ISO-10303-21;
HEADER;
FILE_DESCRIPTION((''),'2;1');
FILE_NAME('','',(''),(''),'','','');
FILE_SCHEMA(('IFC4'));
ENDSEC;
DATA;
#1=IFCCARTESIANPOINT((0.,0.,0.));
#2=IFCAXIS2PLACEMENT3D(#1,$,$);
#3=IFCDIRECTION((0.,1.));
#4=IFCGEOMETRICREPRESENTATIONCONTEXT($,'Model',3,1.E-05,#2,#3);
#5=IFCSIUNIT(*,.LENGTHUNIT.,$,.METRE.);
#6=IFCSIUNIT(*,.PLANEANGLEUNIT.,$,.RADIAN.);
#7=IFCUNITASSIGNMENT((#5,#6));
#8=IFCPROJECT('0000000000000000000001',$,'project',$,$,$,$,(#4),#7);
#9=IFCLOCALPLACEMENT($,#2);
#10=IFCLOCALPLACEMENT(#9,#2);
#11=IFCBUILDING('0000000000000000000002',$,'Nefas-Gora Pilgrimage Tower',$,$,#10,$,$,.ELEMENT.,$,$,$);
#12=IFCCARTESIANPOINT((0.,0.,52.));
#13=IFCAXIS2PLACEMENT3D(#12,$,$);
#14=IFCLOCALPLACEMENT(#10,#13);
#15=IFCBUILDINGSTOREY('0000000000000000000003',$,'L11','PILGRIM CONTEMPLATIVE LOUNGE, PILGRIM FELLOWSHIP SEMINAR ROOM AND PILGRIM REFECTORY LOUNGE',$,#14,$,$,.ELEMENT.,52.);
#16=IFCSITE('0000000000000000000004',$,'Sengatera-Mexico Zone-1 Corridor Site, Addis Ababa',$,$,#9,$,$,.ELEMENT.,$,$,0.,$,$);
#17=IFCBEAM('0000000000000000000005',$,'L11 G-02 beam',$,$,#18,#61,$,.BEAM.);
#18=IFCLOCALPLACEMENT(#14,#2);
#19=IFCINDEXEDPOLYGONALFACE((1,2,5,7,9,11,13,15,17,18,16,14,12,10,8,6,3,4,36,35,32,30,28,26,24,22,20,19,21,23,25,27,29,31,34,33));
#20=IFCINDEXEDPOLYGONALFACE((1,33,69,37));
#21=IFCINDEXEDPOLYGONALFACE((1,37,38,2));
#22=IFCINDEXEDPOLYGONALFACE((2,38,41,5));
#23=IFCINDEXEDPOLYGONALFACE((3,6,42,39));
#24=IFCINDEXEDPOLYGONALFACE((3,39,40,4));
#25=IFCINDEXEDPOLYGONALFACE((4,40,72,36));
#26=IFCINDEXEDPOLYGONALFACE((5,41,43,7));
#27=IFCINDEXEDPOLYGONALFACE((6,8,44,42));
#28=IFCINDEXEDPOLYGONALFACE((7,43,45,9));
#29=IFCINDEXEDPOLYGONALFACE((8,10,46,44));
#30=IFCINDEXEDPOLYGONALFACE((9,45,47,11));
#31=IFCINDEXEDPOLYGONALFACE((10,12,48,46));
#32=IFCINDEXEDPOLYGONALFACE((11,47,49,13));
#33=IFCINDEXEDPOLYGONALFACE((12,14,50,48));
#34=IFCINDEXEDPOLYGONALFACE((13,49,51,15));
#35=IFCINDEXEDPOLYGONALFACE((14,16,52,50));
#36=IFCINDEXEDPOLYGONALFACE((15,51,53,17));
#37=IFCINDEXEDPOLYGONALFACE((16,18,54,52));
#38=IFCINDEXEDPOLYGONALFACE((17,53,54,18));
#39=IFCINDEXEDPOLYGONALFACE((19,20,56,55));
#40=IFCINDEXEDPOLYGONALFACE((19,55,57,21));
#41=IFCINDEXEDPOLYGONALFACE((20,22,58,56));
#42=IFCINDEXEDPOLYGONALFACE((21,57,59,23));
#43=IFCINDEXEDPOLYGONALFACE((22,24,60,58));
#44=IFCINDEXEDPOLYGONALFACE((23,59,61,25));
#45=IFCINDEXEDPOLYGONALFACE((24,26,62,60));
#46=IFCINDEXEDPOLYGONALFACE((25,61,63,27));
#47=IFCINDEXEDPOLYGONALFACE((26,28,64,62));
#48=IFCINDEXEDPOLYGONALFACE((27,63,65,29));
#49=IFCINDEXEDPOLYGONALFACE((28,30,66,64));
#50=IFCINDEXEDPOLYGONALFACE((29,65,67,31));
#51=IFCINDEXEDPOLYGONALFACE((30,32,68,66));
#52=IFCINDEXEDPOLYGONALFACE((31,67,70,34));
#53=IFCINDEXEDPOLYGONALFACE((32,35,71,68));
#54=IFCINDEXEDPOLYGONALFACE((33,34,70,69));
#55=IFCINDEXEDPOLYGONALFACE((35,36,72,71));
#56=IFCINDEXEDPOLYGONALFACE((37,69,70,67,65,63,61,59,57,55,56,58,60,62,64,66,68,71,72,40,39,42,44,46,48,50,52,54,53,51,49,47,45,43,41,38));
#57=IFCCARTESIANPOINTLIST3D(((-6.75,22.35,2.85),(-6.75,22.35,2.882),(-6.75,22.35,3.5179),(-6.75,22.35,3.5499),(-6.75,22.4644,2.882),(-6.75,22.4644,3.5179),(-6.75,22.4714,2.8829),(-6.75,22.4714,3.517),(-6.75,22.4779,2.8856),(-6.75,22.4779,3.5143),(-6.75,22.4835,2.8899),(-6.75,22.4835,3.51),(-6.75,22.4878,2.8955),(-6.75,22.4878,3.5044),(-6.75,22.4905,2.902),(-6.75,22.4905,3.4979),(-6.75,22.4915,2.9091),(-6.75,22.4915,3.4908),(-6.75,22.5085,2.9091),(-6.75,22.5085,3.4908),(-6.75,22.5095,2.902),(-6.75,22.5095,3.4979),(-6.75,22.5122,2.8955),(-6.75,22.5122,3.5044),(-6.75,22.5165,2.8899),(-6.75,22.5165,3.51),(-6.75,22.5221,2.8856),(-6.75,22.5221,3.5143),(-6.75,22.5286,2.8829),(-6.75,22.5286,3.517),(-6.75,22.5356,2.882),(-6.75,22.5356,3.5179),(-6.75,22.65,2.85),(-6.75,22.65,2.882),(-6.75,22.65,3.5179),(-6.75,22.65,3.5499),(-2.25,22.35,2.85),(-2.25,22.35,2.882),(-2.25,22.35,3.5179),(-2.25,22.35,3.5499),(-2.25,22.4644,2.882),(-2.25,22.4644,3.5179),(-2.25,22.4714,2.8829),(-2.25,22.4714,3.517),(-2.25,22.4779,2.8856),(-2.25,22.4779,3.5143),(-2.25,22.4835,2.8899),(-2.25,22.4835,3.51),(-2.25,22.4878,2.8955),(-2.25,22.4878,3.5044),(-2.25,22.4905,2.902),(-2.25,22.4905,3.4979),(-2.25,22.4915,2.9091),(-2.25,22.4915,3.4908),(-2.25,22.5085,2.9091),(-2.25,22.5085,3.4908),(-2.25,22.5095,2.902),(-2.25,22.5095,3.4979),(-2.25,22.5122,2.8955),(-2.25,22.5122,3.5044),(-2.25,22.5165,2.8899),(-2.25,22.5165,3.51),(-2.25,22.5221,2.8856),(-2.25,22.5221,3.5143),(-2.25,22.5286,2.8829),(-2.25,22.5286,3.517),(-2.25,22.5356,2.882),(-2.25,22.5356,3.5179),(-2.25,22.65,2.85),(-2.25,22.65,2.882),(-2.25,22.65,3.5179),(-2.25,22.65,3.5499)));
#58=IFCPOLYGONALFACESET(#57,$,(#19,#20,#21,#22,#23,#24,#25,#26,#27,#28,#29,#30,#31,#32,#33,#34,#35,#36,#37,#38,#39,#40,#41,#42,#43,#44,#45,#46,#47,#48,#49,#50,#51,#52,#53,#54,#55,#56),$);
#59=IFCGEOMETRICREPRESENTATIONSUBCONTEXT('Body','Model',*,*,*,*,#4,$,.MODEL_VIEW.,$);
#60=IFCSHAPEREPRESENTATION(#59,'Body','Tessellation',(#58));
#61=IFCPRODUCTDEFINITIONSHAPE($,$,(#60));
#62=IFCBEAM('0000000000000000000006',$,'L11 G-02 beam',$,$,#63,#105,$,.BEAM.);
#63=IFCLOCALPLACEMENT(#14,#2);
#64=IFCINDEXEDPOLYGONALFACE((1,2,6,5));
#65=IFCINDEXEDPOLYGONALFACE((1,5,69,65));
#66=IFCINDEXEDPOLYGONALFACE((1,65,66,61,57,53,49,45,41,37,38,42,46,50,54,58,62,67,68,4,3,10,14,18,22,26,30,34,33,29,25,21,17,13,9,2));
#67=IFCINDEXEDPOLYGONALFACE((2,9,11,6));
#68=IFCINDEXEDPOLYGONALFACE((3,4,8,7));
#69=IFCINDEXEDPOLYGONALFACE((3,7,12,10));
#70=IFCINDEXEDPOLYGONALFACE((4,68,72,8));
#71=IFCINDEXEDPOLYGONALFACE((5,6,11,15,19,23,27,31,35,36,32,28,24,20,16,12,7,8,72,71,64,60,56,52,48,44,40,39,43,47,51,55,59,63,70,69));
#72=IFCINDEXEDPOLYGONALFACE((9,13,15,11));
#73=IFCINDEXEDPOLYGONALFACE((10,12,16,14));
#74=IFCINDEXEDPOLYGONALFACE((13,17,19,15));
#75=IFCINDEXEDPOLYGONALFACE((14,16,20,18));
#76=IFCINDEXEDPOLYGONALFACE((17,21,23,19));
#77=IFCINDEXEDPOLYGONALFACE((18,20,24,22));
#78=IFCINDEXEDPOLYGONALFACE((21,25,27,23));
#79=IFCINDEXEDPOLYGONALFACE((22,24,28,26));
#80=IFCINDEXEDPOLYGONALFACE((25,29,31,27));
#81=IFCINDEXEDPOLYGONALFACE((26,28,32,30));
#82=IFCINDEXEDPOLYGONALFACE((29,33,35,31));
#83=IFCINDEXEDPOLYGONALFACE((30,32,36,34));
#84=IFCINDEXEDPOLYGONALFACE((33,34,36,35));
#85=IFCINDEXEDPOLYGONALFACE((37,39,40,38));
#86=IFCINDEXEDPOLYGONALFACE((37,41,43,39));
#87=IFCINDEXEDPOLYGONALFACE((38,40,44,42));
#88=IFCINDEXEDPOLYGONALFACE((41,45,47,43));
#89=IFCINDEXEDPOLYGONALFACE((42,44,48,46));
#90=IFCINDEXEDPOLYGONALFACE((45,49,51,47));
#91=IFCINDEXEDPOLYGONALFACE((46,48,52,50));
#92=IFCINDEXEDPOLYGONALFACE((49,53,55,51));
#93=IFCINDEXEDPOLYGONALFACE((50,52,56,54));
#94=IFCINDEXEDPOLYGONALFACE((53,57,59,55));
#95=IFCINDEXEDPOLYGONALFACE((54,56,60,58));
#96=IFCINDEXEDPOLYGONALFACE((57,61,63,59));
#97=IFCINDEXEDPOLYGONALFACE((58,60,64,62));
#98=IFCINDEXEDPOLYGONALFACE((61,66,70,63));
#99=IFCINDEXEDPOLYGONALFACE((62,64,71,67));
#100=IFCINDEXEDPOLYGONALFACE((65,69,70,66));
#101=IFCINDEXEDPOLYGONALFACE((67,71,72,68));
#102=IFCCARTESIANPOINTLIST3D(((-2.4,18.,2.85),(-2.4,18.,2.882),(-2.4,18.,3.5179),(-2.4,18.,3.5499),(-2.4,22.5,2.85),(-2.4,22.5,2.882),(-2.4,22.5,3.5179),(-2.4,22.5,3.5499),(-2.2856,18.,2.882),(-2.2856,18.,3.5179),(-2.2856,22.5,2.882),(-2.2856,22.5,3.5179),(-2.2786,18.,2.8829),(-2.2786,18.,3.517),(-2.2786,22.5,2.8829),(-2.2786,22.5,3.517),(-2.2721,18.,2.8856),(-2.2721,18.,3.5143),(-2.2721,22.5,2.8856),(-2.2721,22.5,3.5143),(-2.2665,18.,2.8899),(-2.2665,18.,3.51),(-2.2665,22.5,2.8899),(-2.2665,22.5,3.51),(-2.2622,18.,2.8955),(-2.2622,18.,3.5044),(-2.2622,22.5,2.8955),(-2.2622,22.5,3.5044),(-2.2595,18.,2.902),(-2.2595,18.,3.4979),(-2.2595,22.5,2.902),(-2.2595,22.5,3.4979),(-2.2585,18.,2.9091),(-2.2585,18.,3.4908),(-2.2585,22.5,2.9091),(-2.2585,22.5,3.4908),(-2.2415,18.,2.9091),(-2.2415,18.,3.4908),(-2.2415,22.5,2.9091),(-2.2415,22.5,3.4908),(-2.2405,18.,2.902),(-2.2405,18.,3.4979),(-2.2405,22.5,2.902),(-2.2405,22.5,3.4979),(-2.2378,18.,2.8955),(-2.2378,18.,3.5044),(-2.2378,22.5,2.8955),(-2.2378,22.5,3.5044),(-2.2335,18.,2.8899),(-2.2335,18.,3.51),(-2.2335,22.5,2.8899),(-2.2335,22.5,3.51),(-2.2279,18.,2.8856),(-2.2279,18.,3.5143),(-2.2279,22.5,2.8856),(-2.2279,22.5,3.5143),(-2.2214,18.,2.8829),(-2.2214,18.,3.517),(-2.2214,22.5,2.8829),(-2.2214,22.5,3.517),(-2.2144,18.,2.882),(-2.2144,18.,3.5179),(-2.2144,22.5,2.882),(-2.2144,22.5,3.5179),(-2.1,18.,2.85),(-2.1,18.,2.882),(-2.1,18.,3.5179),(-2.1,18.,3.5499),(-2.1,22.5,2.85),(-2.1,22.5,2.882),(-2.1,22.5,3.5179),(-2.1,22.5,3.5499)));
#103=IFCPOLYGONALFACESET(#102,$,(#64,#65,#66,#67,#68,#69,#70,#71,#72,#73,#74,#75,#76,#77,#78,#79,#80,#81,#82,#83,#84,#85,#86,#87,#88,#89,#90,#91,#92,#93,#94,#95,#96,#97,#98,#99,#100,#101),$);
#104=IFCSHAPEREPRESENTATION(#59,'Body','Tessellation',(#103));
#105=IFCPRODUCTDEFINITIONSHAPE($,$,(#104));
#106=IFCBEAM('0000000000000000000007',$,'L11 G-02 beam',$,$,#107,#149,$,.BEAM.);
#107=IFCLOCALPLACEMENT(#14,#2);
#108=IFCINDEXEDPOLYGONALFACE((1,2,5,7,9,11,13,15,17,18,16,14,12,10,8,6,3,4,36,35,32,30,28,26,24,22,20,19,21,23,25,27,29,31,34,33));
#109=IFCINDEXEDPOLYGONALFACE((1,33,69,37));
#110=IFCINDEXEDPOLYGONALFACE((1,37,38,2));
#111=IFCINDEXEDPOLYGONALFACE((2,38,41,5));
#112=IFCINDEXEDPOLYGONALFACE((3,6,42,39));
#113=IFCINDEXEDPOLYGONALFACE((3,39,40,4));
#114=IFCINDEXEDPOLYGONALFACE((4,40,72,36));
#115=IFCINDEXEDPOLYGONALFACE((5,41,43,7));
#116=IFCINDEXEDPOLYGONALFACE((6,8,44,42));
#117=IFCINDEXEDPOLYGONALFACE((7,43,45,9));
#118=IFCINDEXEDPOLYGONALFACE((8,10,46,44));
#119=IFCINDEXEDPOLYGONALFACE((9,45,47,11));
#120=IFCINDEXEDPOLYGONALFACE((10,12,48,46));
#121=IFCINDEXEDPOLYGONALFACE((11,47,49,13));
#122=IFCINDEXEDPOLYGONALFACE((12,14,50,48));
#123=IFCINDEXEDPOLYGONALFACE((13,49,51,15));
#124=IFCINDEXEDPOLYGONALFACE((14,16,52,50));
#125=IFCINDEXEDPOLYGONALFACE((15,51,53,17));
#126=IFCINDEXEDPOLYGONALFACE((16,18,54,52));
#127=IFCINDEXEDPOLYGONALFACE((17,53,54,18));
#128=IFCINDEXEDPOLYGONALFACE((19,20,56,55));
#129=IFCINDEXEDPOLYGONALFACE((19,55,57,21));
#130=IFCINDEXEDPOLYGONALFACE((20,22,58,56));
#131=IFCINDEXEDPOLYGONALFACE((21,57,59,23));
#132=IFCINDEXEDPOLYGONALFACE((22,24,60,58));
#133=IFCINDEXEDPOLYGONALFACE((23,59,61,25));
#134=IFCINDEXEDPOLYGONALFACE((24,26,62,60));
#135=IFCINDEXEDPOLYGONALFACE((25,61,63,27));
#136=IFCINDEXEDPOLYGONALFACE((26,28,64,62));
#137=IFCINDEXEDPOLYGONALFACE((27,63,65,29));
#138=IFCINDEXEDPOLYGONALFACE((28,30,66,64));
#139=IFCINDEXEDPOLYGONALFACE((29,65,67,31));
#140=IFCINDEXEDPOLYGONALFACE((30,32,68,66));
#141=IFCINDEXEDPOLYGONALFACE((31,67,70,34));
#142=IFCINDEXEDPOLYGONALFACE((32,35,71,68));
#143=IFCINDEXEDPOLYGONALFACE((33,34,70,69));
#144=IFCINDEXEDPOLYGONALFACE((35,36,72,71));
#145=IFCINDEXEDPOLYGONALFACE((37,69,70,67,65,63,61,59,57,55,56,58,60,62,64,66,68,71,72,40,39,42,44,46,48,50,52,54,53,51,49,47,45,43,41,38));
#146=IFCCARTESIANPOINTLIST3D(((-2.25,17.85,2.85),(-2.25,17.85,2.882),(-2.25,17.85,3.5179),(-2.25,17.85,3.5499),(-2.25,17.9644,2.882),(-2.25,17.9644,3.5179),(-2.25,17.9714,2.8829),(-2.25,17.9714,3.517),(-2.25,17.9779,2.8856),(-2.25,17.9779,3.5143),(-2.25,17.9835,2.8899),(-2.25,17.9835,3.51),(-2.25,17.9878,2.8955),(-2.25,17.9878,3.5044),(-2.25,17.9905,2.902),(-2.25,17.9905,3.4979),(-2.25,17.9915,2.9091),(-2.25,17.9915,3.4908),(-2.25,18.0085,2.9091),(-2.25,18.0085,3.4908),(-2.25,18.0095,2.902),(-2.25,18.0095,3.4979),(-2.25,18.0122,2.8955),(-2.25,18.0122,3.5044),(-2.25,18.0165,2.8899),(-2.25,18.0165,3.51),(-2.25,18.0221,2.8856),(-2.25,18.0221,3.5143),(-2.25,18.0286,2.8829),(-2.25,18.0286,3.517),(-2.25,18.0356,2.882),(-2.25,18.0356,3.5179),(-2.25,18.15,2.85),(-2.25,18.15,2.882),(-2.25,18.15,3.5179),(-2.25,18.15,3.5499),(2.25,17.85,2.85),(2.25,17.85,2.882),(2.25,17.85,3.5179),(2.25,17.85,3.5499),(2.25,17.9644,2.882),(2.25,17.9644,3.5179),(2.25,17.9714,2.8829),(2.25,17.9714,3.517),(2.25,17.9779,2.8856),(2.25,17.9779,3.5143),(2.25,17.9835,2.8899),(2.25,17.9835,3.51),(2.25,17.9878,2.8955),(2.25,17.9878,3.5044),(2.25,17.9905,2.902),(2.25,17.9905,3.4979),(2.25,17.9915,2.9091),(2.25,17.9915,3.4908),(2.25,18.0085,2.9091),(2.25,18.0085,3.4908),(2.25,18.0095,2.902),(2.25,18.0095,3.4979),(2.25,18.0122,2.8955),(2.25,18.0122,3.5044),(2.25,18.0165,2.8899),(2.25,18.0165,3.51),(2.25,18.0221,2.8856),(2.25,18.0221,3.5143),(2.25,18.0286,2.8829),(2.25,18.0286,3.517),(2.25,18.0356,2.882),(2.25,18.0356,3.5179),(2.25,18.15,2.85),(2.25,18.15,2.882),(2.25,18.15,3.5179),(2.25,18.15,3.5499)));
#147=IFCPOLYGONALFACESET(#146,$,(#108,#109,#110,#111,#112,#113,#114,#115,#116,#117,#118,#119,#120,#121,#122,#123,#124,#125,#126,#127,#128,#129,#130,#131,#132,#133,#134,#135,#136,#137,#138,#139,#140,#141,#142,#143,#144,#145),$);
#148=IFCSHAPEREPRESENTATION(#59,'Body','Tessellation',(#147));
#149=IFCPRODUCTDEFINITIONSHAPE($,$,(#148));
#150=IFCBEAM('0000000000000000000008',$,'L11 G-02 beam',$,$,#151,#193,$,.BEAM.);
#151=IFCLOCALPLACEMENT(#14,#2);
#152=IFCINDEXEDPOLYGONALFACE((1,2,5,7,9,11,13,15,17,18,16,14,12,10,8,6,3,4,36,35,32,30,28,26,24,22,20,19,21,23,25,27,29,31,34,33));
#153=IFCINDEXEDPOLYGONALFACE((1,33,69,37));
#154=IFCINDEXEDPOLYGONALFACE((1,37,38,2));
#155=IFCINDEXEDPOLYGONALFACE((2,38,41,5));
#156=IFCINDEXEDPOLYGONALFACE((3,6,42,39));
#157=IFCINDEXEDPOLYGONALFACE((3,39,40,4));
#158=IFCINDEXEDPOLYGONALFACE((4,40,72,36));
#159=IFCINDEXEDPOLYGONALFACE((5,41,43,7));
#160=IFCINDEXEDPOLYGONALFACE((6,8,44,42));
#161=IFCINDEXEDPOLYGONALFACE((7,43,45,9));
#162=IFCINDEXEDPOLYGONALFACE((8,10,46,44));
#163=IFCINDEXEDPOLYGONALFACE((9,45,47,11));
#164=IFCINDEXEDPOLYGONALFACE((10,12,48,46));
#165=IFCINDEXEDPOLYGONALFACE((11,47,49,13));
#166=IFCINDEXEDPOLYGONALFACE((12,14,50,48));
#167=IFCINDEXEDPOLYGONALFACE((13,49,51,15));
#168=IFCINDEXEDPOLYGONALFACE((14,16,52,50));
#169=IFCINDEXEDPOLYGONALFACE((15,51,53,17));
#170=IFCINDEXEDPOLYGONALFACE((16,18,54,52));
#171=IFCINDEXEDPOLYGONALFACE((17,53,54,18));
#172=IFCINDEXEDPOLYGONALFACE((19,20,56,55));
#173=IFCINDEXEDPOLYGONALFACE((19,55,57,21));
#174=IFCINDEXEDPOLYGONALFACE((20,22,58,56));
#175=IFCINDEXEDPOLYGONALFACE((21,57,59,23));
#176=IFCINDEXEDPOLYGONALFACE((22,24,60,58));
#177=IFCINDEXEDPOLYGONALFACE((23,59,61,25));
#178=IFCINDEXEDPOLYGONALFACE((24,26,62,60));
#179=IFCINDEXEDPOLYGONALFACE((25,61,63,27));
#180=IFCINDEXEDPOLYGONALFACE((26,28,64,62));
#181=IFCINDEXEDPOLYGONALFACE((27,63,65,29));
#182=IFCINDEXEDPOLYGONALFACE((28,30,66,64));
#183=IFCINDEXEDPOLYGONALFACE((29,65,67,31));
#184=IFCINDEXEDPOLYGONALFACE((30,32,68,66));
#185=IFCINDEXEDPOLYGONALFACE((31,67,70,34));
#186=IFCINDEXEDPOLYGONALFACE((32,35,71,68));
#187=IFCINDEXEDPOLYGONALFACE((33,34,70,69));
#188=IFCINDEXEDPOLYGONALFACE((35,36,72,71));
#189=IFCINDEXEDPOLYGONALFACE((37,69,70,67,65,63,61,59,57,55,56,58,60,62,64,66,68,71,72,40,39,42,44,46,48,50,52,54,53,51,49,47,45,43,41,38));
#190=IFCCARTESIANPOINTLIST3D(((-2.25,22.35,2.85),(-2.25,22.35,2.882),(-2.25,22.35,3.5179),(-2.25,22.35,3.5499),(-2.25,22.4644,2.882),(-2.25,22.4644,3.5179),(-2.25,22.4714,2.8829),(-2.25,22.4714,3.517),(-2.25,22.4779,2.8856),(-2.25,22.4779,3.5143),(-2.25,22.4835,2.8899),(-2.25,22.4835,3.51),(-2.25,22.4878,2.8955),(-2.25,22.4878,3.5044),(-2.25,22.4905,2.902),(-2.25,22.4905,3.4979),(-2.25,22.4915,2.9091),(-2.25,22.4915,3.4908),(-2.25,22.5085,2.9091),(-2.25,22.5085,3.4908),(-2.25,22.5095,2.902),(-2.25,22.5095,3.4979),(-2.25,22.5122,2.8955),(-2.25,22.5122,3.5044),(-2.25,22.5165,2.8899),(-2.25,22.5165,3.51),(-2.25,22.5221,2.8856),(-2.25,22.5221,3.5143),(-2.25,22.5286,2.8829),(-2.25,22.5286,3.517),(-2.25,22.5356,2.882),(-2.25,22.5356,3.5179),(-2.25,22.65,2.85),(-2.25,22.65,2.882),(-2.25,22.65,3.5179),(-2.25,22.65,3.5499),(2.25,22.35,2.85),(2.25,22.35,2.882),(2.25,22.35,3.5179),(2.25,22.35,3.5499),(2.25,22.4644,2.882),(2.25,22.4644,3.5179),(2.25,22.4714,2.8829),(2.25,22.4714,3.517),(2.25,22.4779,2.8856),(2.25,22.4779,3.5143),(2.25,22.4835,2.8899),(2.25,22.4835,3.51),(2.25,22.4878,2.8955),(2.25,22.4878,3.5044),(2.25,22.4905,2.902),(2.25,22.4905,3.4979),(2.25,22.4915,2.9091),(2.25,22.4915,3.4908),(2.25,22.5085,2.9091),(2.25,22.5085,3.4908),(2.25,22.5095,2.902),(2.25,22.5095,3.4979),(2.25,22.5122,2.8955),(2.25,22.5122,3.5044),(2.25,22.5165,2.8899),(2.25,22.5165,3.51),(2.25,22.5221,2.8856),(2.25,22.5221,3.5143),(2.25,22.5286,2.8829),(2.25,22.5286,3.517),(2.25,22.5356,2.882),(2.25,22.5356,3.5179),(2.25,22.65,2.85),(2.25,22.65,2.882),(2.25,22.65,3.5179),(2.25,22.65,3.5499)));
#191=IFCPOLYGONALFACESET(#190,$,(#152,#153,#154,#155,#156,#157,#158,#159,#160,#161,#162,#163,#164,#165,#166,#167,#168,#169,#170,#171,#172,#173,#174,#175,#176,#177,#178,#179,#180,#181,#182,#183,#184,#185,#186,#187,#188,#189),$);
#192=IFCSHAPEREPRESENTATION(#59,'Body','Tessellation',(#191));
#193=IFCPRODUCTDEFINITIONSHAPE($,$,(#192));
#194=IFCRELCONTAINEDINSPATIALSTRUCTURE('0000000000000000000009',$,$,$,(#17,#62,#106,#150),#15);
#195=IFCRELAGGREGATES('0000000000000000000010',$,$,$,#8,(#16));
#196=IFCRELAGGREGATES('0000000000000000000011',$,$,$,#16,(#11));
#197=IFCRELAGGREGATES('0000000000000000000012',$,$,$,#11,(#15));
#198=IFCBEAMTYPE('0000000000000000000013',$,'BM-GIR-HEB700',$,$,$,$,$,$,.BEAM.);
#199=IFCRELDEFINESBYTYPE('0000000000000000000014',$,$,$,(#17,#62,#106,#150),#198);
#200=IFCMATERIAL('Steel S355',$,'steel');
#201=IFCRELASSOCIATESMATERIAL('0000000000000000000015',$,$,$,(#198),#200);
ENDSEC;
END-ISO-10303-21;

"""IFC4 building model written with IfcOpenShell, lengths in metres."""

from ifc_helpers import new_model, si_unit, direction, frame, origin, origin_2d, place, context, subcontext, project, spatial, i_section, extrude, source, transform, mapped, material, material_profile, profile_set, type_object, element, save


model = new_model("IFC4")

# Units and contexts
model_context = context("Model", 3, precision=1e-05, world=origin(), true_north=direction((0.0, 1.0)))
body_context = subcontext(model_context, "Body", "Model", "MODEL_VIEW")
ifc_project = project(units=[si_unit("LENGTHUNIT", "METRE"), si_unit("PLANEANGLEUNIT", "RADIAN")], contexts=[model_context])

# Site, building, storey
site_placement = place(None, origin())
site = spatial("IfcSite", under=ifc_project, at=site_placement, Name="Sengatera-Mexico Zone-1 Corridor Site, Addis Ababa", CompositionType="ELEMENT", RefElevation=0.0)
building_placement = place(site_placement, origin())
building = spatial("IfcBuilding", under=site, at=building_placement, Name="Nefas-Gora Pilgrimage Tower", CompositionType="ELEMENT")
storey_placement = place(building_placement, frame((0.0, 0.0, 52.0)))
storey = spatial("IfcBuildingStorey", under=building, at=storey_placement, Name="L11", Description="PILGRIM CONTEMPLATIVE LOUNGE, PILGRIM FELLOWSHIP SEMINAR ROOM AND PILGRIM REFECTORY LOUNGE", CompositionType="ELEMENT", Elevation=52.0)

# Beams
ifc_material_1 = material(Name="Steel S355", Category="steel")
ifc_material_profile_1 = material_profile(ifc_material_1, i_section(OverallWidth=0.3, OverallDepth=0.7, WebThickness=0.0171, FlangeThickness=0.032, FilletRadius=0.0271, at=origin_2d()), Name="HEB 700")
ifc_profile_set_1 = profile_set([ifc_material_profile_1], Name="Steel S355")
beam_type = type_object("IfcBeamType", Name="BM-GIR-HEB700", PredefinedType="BEAM", material=ifc_profile_set_1)
shared_shape_1 = source(origin(), body_context, "Body", "SweptSolid", [
    extrude(i_section(OverallWidth=0.3, OverallDepth=0.7, WebThickness=0.0171, FlangeThickness=0.032, FilletRadius=0.0271, at=origin_2d()), origin(), (0.0, 0.0, 1.0), 4.5),
])
for number, where, z_axis, x_axis, name in (
    (1, (-6.75, 22.5, 3.2), (1.0, 0.0, 0.0), (0.0, 1.0, 0.0), "L11 G-02 beam"),
    (2, (-2.25, 18.0, 3.2), (0.0, 1.0, 0.0), (-1.0, 0.0, 0.0), "L11 G-02 beam"),
    (3, (-2.25, 18.0, 3.2), (1.0, 0.0, 0.0), (0.0, 1.0, 0.0), "L11 G-02 beam"),
    (4, (-2.25, 22.5, 3.2), (1.0, 0.0, 0.0), (0.0, 1.0, 0.0), "L11 G-02 beam"),
):
    element("IfcBeam", number, at=place(storey_placement, frame(where, z_axis=z_axis, x_axis=x_axis)), inside=storey, type_object=beam_type, Name=name, PredefinedType="BEAM", context=body_context, shape_type="MappedRepresentation", body=[
        mapped(shared_shape_1, transform((0.0, 0.0, 0.0), x_axis=(1.0, 0.0, 0.0), y_axis=(0.0, 1.0, 0.0), z_axis=(0.0, 0.0, 1.0), scale=1.0)),
    ])

save(model, "model.ifc")
